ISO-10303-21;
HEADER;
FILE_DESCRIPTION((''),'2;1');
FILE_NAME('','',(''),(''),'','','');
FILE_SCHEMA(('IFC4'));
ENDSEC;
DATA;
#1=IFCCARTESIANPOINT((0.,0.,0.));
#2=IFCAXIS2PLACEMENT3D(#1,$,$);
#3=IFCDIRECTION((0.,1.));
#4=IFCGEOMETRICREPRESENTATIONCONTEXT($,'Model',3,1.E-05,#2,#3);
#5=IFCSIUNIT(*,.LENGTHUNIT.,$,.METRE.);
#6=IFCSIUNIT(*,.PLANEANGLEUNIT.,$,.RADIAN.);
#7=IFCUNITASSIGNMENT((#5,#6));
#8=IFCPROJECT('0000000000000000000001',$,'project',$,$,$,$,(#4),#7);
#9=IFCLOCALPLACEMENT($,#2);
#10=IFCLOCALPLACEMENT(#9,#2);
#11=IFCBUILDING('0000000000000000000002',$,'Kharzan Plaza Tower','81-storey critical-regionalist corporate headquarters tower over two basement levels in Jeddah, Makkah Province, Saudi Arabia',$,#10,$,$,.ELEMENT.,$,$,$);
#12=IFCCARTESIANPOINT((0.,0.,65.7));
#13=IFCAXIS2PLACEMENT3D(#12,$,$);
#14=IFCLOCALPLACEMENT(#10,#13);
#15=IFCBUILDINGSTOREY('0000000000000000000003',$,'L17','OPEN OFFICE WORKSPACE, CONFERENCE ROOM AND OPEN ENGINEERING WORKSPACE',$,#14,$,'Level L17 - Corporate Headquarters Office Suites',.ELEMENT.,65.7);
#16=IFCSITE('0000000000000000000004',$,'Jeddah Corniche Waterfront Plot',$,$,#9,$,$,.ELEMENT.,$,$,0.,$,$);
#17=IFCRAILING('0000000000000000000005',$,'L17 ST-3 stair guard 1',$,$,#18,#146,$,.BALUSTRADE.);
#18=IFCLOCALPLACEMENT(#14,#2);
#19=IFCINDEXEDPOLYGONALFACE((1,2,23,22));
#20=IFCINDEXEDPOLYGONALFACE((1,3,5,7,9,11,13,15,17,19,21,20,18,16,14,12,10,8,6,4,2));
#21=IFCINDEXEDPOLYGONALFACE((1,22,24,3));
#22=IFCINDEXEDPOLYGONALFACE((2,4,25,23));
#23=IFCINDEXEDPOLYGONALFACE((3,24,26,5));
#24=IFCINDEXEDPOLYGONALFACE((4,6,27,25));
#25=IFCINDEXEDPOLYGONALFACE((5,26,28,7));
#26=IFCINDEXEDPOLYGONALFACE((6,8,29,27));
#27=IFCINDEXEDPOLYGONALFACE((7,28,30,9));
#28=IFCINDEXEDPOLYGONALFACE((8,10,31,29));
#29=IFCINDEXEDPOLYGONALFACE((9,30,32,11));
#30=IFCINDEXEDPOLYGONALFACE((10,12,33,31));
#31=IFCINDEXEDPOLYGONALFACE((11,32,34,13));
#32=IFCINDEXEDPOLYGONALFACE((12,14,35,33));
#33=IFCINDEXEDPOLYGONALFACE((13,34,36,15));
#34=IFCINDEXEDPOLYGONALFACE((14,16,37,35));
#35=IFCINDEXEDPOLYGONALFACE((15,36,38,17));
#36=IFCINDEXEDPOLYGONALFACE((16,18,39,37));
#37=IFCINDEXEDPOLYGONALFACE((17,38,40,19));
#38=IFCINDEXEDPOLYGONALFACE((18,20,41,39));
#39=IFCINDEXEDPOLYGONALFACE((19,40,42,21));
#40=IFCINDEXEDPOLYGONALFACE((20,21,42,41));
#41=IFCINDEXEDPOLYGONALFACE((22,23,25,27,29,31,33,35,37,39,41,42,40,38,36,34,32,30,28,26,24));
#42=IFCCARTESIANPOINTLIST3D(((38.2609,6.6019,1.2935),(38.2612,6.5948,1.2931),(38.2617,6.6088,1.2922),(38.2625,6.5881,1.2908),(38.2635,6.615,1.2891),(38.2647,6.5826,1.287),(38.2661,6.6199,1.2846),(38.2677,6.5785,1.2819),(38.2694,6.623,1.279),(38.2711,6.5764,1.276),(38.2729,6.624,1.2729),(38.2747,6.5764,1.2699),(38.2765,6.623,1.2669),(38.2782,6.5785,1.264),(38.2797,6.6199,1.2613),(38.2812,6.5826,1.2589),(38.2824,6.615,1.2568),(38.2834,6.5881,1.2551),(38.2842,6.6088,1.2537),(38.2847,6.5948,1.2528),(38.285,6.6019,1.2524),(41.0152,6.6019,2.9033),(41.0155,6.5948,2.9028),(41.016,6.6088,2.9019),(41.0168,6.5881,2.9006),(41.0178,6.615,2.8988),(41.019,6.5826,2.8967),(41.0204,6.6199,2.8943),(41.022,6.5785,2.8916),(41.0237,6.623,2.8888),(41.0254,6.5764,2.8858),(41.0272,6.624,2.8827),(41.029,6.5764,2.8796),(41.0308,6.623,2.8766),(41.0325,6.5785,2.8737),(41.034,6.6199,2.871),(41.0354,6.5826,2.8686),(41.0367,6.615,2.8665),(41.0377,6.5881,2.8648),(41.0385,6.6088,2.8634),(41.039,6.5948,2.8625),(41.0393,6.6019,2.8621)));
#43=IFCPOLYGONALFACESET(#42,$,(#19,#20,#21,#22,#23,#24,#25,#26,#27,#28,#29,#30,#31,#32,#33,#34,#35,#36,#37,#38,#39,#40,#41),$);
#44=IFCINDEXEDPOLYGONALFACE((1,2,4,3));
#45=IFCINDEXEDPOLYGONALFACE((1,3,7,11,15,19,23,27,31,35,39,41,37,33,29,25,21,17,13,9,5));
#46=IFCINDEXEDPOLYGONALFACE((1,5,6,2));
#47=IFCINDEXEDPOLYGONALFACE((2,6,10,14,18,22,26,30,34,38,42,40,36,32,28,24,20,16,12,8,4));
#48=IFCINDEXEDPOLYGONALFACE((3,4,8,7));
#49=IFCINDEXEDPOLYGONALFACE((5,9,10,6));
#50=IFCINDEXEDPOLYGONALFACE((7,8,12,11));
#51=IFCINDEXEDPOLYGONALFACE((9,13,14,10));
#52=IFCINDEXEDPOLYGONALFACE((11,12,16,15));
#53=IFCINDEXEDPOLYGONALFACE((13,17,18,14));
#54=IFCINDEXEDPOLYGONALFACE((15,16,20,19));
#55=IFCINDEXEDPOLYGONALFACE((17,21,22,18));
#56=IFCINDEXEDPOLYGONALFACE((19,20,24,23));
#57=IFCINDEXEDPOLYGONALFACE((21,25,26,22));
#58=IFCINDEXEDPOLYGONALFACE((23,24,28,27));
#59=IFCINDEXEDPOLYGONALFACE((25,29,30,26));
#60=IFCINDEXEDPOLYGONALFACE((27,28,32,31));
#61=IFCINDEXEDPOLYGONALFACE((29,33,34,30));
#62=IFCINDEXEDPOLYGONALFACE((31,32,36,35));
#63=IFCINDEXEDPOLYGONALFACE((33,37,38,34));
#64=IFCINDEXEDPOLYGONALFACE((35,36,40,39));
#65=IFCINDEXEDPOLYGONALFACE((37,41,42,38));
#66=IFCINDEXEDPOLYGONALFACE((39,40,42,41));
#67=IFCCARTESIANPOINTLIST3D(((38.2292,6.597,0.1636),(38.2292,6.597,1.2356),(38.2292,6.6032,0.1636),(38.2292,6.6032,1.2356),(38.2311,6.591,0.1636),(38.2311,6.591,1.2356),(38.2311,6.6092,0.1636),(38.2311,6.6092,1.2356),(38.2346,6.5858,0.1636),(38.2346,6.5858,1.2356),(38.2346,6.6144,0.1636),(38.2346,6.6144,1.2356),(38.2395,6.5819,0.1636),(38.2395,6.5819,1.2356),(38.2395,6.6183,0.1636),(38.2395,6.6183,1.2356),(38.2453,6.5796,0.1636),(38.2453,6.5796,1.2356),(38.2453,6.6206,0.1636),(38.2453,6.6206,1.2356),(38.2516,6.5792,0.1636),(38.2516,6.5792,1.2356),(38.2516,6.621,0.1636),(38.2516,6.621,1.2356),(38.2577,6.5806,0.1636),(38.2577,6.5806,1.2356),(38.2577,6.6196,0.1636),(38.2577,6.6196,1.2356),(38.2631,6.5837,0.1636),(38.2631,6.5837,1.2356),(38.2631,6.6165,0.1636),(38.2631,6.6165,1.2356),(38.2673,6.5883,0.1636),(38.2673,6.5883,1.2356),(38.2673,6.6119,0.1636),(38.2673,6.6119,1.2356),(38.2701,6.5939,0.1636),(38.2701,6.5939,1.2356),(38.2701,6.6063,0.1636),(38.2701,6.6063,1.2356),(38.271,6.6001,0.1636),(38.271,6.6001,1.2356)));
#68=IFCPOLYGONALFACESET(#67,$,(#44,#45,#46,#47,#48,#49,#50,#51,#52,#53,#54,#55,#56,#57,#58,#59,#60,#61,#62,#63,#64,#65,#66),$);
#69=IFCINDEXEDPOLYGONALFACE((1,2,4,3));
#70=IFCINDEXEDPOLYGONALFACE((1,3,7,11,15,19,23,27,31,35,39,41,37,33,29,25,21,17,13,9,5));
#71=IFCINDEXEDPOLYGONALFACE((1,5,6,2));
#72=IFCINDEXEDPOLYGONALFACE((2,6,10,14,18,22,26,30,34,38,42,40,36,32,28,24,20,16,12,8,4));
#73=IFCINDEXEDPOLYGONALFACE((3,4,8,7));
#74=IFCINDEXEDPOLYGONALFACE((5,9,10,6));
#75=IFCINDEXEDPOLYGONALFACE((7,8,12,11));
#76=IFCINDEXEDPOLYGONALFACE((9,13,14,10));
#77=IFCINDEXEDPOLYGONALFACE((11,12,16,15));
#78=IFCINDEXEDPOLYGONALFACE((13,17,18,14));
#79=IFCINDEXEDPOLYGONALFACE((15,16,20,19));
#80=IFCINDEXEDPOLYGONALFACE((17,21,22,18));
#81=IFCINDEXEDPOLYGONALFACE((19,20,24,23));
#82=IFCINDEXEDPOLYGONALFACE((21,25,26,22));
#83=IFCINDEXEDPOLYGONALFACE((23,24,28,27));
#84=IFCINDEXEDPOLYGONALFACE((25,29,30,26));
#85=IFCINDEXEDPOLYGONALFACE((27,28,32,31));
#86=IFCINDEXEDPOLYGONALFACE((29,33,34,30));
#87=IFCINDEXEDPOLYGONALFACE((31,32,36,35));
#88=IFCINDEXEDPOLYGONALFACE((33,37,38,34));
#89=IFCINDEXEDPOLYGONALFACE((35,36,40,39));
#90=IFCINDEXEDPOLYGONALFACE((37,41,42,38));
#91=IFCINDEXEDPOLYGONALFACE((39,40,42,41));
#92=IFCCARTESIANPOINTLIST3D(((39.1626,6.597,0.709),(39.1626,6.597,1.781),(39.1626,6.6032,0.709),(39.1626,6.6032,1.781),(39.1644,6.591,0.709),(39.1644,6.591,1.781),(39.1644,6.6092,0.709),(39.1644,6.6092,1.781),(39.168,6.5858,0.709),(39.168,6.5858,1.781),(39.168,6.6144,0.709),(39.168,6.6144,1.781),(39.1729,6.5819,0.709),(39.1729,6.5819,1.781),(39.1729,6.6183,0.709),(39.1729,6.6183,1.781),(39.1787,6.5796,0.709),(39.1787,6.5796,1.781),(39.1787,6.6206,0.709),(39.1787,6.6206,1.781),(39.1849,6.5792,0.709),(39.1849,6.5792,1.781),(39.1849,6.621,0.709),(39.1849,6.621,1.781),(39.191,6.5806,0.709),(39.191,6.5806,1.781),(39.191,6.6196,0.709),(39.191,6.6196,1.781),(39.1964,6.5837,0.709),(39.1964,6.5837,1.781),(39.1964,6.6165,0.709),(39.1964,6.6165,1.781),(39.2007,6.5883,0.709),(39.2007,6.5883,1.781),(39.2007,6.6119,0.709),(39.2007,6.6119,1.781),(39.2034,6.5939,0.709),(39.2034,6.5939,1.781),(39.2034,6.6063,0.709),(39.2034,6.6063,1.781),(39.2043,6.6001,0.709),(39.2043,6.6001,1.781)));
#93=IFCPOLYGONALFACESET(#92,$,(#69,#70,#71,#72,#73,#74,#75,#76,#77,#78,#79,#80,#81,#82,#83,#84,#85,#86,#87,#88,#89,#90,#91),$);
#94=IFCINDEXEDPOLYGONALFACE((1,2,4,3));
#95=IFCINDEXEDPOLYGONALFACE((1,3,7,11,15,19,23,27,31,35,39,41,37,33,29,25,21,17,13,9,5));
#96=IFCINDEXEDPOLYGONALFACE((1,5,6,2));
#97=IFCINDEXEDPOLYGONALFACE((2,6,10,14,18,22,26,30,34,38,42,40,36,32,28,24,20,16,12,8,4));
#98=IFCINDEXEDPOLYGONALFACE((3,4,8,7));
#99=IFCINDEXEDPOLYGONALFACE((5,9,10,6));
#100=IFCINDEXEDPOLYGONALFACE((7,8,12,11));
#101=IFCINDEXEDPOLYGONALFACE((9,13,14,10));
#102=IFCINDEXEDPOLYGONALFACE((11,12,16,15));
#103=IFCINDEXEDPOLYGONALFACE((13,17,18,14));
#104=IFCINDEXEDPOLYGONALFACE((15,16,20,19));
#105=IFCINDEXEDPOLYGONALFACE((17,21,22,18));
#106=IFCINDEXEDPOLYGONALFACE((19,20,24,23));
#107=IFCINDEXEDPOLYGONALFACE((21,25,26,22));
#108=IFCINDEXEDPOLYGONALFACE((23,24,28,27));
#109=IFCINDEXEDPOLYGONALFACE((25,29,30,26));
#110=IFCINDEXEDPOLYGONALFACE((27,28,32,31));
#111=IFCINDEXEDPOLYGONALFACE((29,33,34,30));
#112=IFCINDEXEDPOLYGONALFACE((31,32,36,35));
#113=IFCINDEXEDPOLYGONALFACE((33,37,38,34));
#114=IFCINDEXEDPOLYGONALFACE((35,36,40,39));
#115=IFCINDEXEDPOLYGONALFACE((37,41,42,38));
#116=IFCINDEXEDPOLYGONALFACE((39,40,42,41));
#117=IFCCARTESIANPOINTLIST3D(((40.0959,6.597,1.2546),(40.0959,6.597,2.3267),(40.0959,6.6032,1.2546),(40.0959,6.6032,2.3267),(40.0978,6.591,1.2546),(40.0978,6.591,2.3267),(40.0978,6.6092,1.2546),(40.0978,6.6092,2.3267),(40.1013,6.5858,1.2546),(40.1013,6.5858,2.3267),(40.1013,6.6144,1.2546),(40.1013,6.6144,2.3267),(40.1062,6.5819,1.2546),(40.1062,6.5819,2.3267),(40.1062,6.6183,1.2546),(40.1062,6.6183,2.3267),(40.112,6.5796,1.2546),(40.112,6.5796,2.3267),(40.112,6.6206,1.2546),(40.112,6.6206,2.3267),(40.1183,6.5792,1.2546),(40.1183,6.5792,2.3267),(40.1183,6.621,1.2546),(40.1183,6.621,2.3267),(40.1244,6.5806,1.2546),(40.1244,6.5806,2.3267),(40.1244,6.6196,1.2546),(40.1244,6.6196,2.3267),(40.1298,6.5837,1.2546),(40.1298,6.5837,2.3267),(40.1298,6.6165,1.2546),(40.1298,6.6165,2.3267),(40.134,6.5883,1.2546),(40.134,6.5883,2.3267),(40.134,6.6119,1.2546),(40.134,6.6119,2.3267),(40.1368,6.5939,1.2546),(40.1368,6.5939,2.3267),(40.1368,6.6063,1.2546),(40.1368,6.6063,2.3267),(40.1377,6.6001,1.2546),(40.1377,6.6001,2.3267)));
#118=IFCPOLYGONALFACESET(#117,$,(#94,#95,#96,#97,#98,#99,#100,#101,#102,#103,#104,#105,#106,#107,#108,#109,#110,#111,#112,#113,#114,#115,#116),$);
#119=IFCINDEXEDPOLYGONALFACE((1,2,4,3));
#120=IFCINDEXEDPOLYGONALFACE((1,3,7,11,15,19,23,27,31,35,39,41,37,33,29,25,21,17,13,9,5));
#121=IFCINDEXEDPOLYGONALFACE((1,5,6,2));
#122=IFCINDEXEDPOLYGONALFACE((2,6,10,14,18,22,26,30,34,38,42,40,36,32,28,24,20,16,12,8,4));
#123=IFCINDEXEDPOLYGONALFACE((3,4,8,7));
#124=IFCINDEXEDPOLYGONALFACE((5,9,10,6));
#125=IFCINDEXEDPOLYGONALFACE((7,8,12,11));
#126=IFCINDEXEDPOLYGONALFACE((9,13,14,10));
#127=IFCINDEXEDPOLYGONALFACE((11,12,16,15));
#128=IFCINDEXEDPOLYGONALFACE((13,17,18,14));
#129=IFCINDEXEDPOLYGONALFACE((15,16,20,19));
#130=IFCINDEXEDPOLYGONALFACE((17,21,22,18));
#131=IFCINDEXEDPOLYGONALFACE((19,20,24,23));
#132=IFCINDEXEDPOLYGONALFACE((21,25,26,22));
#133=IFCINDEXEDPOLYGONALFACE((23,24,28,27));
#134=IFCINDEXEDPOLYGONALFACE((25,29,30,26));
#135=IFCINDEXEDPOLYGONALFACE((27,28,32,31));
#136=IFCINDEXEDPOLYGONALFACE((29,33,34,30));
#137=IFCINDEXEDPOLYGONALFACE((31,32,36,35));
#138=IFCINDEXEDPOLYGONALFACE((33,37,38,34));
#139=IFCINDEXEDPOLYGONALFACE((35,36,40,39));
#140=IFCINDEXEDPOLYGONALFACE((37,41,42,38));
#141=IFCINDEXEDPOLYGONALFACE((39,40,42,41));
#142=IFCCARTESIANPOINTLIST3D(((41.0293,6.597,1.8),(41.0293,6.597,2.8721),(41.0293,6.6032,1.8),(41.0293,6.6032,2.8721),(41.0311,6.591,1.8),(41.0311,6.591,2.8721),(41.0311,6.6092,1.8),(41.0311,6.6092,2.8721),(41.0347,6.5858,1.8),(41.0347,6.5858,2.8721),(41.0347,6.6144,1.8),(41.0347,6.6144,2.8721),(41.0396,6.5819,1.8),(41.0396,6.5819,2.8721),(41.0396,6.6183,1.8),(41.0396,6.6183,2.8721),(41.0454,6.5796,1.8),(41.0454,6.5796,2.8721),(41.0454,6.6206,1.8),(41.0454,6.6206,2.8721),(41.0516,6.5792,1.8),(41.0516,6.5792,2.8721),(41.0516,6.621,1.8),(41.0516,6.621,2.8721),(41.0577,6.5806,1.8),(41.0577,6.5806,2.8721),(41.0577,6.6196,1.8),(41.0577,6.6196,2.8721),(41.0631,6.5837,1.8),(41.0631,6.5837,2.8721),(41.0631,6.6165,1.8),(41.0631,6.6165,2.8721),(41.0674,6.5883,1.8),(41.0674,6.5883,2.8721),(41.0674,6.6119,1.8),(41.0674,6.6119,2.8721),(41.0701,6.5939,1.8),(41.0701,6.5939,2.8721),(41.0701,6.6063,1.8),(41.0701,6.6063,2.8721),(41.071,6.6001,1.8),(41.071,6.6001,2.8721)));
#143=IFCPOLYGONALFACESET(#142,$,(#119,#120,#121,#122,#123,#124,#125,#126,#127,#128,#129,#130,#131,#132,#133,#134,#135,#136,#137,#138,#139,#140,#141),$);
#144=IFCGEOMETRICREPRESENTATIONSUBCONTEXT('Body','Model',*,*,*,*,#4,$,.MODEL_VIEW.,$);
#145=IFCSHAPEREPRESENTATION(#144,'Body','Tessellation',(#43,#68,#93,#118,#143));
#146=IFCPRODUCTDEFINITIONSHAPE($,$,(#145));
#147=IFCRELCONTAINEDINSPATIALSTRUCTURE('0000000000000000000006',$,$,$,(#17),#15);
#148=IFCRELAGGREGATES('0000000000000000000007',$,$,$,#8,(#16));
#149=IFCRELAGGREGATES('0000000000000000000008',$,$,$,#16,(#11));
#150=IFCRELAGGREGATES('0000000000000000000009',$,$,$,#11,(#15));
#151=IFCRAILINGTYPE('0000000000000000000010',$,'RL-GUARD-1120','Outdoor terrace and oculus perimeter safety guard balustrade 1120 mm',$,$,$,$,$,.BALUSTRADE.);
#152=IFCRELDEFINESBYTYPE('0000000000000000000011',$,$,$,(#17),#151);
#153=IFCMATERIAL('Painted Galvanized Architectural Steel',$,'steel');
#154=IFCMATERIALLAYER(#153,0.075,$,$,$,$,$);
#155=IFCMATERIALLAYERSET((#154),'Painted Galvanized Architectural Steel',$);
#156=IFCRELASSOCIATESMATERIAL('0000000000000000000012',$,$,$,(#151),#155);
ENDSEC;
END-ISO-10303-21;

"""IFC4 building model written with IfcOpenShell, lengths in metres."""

from ifc_helpers import new_model, si_unit, direction, frame, origin, origin_2d, place, context, subcontext, project, spatial, circle, extrude, source, transform, mapped, material, layer, layer_set, type_object, element, save


model = new_model("IFC4")

# Units and contexts
model_context = context("Model", 3, precision=1e-05, world=origin(), true_north=direction((0.0, 1.0)))
body_context = subcontext(model_context, "Body", "Model", "MODEL_VIEW")
ifc_project = project(units=[si_unit("LENGTHUNIT", "METRE"), si_unit("PLANEANGLEUNIT", "RADIAN")], contexts=[model_context])

# Site, building, storey
site_placement = place(None, origin())
site = spatial("IfcSite", under=ifc_project, at=site_placement, Name="Jeddah Corniche Waterfront Plot", CompositionType="ELEMENT", RefElevation=0.0)
building_placement = place(site_placement, origin())
building = spatial("IfcBuilding", under=site, at=building_placement, Name="Kharzan Plaza Tower", Description="81-storey critical-regionalist corporate headquarters tower over two basement levels in Jeddah, Makkah Province, Saudi Arabia", CompositionType="ELEMENT")
storey_placement = place(building_placement, frame((0.0, 0.0, 65.7)))
storey = spatial("IfcBuildingStorey", under=building, at=storey_placement, Name="L17", Description="OPEN OFFICE WORKSPACE, CONFERENCE ROOM AND OPEN ENGINEERING WORKSPACE", LongName="Level L17 - Corporate Headquarters Office Suites", CompositionType="ELEMENT", Elevation=65.7)

# Railing
ifc_material_1 = material(Name="Painted Galvanized Architectural Steel", Category="steel")
ifc_layer_1 = layer(ifc_material_1, 0.075)
ifc_layer_set_1 = layer_set([ifc_layer_1], Name="Painted Galvanized Architectural Steel")
railing_type_1 = type_object("IfcRailingType", Name="RL-GUARD-1120", Description="Outdoor terrace and oculus perimeter safety guard balustrade 1120 mm", PredefinedType="BALUSTRADE", material=ifc_layer_set_1)
shared_shape_1 = source(origin(), body_context, "Body", "SweptSolid", [
    extrude(circle(Radius=0.0239, at=origin_2d()), frame((0.0229, 0.0, 1.1094), z_axis=(0.863361, 0.0, 0.504587), x_axis=(0.0, 1.0, 0.0)), (0.0, 0.0, 1.0), 3.1902),
    extrude(circle(Radius=0.021, at=origin_2d()), origin(), (0.0, 0.0, 1.0), 1.072),
    extrude(circle(Radius=0.021, at=origin_2d()), frame((0.9333, 0.0, 0.5454)), (0.0, 0.0, 1.0), 1.072),
    extrude(circle(Radius=0.021, at=origin_2d()), frame((1.8667, 0.0, 1.0911)), (0.0, 0.0, 1.0), 1.072),
    extrude(circle(Radius=0.021, at=origin_2d()), frame((2.8, 0.0, 1.6365)), (0.0, 0.0, 1.0), 1.072),
])
railing_1_placement = place(storey_placement, frame((38.25, 6.6001, 0.1636)))
element("IfcRailing", 1, at=railing_1_placement, inside=storey, type_object=railing_type_1, Name="L17 ST-3 stair guard 1", PredefinedType="BALUSTRADE", context=body_context, shape_type="MappedRepresentation", body=[
    mapped(shared_shape_1, transform((0.0, 0.0, 0.0), x_axis=(1.0, 0.0, 0.0), y_axis=(0.0, 1.0, 0.0), z_axis=(0.0, 0.0, 1.0))),
])

save(model, "model.ifc")
